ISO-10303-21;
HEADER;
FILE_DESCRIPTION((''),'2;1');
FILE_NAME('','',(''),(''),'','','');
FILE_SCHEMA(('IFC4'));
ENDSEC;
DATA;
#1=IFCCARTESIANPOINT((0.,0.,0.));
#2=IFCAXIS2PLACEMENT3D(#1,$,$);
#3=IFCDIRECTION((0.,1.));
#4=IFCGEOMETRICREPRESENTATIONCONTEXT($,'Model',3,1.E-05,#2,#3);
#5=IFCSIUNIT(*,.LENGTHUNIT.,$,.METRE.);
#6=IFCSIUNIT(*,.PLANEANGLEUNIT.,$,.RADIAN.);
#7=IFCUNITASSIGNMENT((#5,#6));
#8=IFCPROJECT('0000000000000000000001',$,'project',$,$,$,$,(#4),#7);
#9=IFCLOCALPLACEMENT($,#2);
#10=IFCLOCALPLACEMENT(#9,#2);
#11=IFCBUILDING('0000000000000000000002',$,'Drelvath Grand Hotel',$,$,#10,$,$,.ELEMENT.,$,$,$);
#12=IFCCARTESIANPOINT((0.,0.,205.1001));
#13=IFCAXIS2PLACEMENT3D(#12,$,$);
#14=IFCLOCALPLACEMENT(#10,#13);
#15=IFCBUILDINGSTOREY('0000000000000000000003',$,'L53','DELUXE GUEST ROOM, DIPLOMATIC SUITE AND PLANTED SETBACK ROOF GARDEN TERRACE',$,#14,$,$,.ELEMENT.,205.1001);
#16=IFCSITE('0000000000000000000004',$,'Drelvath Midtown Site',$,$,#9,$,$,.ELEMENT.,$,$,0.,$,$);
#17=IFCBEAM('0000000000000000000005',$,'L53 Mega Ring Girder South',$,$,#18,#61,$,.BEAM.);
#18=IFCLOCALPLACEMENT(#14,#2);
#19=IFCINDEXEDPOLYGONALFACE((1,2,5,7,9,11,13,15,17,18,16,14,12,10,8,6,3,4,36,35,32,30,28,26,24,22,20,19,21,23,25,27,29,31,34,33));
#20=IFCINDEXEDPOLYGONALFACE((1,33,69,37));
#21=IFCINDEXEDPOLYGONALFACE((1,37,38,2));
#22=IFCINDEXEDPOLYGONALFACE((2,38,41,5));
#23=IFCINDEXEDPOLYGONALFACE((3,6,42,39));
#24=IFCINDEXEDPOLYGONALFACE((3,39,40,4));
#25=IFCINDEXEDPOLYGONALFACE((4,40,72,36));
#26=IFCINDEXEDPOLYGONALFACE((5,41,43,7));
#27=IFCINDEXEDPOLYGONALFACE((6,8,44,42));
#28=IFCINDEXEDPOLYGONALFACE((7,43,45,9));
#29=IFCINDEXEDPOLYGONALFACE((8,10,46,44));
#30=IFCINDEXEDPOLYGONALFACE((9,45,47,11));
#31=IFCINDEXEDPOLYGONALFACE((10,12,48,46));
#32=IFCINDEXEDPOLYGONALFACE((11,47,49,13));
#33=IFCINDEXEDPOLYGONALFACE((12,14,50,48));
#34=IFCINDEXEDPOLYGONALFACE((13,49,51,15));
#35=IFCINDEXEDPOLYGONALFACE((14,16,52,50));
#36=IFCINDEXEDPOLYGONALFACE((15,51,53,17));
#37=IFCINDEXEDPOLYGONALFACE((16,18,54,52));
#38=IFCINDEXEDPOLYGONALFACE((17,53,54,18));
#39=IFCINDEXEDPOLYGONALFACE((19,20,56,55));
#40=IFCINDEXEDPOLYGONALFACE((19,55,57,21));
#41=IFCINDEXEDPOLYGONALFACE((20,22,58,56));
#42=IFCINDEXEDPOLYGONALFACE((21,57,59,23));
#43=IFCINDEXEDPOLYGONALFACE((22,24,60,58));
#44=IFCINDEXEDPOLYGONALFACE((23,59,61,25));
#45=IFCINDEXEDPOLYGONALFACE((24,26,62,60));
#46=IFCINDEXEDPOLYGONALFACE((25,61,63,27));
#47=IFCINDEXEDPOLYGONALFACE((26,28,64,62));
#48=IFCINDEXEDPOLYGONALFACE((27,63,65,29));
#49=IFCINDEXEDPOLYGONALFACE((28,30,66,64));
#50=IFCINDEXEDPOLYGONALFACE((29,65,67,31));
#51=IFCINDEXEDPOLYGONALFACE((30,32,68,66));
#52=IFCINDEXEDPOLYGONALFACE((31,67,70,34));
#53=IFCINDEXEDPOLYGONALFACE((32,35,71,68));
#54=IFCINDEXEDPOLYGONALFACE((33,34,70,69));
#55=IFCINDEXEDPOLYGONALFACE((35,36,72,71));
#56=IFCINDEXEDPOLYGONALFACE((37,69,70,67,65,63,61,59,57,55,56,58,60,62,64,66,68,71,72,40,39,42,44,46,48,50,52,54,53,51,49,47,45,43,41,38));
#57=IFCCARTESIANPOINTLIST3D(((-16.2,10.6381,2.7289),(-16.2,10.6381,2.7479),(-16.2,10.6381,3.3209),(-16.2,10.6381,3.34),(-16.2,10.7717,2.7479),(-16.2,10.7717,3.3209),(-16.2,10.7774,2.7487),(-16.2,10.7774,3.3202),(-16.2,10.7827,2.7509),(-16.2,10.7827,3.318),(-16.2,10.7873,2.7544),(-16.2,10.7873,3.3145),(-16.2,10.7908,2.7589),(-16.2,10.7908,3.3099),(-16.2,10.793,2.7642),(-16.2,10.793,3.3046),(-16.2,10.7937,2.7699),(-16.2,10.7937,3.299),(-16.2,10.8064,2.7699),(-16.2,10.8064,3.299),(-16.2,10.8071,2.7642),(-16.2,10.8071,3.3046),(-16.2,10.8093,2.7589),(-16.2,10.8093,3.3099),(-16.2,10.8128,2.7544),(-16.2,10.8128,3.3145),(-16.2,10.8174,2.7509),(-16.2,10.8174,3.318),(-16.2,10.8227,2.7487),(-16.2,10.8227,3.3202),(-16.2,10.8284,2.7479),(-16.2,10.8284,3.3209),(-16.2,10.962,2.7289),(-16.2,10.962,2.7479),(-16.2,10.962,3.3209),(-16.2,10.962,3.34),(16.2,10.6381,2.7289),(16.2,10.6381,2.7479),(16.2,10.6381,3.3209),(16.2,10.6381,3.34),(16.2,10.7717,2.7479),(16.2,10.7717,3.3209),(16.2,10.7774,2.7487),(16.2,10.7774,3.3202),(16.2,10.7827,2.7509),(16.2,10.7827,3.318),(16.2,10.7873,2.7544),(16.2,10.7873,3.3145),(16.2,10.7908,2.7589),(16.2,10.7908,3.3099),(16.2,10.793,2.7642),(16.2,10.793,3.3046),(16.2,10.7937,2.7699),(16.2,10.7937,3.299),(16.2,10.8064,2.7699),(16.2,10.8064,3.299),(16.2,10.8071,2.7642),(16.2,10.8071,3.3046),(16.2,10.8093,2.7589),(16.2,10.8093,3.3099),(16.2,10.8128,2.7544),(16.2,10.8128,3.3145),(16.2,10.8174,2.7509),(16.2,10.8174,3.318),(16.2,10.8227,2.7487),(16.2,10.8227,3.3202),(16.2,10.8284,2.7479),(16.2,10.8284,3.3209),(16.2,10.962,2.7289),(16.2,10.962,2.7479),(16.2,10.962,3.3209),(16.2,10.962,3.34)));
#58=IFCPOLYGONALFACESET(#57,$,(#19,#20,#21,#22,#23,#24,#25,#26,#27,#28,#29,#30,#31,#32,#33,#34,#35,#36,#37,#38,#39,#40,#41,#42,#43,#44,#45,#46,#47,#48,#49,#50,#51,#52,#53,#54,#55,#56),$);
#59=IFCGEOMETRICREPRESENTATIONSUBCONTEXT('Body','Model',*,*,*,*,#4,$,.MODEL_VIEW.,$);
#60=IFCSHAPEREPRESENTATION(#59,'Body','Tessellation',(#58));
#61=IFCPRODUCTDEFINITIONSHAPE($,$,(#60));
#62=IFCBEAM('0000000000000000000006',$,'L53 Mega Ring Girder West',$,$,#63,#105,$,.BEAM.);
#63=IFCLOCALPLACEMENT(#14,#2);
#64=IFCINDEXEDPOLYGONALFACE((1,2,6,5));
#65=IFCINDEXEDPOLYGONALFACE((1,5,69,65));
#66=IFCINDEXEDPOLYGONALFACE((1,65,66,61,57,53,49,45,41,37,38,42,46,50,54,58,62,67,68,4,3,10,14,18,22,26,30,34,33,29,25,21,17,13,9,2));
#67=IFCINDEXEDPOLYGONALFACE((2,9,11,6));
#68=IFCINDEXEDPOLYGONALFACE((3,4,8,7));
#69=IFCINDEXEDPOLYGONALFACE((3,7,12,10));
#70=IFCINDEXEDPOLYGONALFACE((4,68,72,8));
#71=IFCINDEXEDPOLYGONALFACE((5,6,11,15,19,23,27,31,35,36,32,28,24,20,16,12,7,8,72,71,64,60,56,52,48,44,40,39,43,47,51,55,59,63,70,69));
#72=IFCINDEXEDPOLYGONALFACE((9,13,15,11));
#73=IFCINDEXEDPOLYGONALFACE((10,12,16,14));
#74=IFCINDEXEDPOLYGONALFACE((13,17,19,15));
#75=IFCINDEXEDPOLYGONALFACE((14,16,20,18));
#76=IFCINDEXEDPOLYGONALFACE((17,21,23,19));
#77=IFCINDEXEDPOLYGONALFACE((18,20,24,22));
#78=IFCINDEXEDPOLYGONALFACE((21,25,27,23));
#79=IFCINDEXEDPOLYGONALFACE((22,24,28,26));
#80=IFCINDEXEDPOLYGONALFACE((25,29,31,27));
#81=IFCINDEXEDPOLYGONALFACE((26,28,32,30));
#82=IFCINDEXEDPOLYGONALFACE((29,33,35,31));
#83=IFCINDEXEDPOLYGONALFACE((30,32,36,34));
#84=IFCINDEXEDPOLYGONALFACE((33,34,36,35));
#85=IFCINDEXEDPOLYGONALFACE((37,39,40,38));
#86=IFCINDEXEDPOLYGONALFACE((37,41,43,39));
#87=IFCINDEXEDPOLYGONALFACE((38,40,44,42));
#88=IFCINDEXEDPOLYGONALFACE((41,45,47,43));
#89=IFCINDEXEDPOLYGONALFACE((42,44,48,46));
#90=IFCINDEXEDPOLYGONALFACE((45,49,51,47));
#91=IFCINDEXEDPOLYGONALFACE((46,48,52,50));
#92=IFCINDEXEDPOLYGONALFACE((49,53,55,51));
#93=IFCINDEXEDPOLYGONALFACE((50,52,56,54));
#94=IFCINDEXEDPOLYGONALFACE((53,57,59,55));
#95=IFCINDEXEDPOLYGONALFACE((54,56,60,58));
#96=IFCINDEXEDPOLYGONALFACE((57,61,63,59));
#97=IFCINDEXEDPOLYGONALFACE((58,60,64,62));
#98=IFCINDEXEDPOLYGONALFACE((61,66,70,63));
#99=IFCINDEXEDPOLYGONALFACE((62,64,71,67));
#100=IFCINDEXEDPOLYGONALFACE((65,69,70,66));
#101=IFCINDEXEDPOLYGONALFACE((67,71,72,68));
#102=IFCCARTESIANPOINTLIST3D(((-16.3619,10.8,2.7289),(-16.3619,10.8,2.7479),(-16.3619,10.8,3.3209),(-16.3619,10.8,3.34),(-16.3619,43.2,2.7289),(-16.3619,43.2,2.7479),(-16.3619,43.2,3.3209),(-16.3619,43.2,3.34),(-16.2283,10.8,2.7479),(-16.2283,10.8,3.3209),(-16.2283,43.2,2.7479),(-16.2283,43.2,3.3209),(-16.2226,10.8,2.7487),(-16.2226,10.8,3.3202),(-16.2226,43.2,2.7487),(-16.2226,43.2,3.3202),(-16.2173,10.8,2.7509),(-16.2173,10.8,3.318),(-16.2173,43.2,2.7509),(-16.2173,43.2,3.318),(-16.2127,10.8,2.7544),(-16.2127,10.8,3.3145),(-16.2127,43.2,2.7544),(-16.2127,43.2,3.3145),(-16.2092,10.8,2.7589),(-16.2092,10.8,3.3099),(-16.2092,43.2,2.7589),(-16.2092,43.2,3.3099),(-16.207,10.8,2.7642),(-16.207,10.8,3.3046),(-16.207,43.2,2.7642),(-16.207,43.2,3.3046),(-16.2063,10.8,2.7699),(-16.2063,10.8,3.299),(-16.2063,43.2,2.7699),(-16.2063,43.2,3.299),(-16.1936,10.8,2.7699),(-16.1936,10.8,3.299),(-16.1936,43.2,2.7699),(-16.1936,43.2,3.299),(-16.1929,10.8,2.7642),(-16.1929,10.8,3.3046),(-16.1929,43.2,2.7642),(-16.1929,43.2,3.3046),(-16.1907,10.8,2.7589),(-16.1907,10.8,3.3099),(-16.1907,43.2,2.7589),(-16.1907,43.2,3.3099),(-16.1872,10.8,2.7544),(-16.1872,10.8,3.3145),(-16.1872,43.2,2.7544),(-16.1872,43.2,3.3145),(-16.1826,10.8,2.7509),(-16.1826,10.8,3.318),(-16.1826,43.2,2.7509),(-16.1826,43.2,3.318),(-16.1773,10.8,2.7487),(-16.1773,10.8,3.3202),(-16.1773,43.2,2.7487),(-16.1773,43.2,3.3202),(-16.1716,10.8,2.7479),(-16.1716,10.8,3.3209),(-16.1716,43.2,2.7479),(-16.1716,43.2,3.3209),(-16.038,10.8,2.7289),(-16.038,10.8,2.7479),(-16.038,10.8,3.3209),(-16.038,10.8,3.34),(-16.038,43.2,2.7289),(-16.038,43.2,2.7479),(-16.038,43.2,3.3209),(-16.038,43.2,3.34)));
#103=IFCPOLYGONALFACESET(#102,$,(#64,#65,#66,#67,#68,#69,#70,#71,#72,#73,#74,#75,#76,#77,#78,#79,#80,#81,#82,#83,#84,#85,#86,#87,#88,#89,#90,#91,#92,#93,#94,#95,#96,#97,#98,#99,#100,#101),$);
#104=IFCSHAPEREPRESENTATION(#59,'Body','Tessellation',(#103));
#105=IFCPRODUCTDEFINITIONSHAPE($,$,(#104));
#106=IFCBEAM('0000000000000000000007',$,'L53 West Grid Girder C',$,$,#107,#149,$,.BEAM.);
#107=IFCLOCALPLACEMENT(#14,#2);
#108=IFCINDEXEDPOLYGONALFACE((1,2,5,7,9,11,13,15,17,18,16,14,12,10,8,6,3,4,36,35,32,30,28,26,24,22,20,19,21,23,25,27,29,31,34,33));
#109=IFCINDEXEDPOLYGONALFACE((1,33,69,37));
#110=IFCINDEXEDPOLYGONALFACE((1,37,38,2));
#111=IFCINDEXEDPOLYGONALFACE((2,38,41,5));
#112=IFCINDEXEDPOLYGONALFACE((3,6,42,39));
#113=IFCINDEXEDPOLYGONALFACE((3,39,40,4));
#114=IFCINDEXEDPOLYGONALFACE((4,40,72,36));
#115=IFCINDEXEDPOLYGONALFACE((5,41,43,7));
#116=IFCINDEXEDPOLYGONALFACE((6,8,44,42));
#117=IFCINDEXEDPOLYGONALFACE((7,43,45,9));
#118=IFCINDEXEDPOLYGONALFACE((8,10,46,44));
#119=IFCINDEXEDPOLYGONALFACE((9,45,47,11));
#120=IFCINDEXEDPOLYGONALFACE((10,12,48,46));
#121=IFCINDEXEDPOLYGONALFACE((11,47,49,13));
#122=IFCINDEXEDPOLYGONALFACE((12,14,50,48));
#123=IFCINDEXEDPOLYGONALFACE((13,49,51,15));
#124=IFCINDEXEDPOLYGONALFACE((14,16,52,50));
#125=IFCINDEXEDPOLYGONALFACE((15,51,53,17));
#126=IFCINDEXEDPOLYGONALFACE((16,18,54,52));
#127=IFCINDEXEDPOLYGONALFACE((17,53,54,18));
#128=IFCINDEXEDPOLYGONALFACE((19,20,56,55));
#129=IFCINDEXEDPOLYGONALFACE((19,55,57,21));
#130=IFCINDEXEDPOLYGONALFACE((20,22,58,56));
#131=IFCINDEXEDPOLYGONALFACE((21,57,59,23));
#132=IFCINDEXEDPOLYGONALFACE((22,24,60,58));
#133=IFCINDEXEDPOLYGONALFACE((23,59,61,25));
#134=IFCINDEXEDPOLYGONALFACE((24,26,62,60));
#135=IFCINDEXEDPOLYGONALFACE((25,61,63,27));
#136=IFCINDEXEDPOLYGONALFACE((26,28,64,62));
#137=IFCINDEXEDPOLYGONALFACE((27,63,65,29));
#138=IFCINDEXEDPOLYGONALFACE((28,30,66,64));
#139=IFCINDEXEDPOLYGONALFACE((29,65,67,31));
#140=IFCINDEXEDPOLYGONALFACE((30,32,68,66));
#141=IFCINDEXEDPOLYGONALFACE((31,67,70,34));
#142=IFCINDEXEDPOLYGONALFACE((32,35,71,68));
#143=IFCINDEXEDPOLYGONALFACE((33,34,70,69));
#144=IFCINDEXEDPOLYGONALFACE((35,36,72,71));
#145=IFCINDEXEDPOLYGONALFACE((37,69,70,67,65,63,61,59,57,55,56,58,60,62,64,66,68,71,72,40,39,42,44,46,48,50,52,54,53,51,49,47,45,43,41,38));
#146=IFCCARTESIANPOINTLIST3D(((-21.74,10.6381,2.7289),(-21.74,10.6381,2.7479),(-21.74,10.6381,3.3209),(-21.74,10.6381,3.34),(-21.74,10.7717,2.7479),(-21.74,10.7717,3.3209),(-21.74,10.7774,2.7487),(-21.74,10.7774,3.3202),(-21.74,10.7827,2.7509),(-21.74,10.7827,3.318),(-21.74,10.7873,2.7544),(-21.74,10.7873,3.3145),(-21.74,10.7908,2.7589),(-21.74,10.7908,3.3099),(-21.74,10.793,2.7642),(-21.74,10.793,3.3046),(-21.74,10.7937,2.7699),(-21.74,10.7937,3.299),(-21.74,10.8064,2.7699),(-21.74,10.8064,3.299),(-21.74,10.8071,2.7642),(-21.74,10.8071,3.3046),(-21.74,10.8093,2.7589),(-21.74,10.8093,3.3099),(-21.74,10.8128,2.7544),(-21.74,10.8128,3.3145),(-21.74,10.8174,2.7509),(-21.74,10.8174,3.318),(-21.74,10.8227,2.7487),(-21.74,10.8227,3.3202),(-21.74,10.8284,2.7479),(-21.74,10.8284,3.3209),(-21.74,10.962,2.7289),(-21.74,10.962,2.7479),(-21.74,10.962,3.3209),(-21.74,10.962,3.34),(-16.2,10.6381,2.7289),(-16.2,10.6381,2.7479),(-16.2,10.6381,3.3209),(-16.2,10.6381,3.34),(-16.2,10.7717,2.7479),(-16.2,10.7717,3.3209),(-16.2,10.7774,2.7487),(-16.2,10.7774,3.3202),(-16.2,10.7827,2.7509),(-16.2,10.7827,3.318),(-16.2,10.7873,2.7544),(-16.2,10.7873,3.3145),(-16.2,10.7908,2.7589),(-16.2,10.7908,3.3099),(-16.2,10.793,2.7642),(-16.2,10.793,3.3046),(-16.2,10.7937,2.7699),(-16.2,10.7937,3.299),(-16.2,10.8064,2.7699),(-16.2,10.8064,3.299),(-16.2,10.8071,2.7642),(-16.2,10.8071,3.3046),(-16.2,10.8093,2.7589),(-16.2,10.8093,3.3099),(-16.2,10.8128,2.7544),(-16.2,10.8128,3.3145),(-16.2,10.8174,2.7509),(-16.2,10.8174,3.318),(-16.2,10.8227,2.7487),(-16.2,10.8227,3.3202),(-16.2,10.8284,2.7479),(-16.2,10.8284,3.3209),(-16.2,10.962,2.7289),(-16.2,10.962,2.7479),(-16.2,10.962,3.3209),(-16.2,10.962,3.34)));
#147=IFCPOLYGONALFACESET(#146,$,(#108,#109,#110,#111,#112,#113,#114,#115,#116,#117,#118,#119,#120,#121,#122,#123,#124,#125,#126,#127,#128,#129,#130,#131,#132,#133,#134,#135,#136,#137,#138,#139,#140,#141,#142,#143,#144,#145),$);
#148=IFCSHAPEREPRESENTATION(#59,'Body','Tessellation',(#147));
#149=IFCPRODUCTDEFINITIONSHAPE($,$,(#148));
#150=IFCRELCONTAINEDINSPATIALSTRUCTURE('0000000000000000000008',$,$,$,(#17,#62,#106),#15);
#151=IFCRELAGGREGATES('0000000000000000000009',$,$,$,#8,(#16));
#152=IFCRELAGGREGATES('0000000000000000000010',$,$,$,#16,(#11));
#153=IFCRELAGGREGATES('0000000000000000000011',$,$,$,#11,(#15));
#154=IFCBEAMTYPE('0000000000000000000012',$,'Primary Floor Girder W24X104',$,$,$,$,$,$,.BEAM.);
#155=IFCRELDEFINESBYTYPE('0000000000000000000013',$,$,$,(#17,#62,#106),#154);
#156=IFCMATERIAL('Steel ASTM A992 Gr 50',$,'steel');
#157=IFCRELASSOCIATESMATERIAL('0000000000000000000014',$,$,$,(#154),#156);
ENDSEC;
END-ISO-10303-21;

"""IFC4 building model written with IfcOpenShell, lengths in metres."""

from ifc_helpers import new_model, si_unit, direction, frame, origin, origin_2d, place, context, subcontext, project, spatial, i_section, extrude, material, material_profile, profile_set, type_object, element, save


model = new_model("IFC4")

# Units and contexts
model_context = context("Model", 3, precision=1e-05, world=origin(), true_north=direction((0.0, 1.0)))
body_context = subcontext(model_context, "Body", "Model", "MODEL_VIEW")
ifc_project = project(units=[si_unit("LENGTHUNIT", "METRE"), si_unit("PLANEANGLEUNIT", "RADIAN")], contexts=[model_context])

# Site, building, storey
site_placement = place(None, origin())
site = spatial("IfcSite", under=ifc_project, at=site_placement, Name="Drelvath Midtown Site", CompositionType="ELEMENT", RefElevation=0.0)
building_placement = place(site_placement, origin())
building = spatial("IfcBuilding", under=site, at=building_placement, Name="Drelvath Grand Hotel", CompositionType="ELEMENT")
storey_placement = place(building_placement, frame((0.0, 0.0, 205.1001)))
storey = spatial("IfcBuildingStorey", under=building, at=storey_placement, Name="L53", Description="DELUXE GUEST ROOM, DIPLOMATIC SUITE AND PLANTED SETBACK ROOF GARDEN TERRACE", CompositionType="ELEMENT", Elevation=205.1001)

# Beams
ifc_material_1 = material(Name="Steel ASTM A992 Gr 50", Category="steel")
ifc_material_profile_1 = material_profile(ifc_material_1, i_section(OverallWidth=0.324, OverallDepth=0.6111, WebThickness=0.0127, FlangeThickness=0.019, FilletRadius=0.022, at=origin_2d()), Name="W24X104")
ifc_profile_set_1 = profile_set([ifc_material_profile_1], Name="Steel ASTM A992 Gr 50")
beam_type_1 = type_object("IfcBeamType", Name="Primary Floor Girder W24X104", PredefinedType="BEAM", material=ifc_profile_set_1)
for number, where, z_axis, x_axis, name in (
    (1, (-16.2, 10.8, 3.0344), (1.0, 0.0, 0.0), (0.0, 1.0, 0.0), "L53 Mega Ring Girder South"),
    (2, (-16.2, 10.8, 3.0344), (0.0, 1.0, 0.0), (-1.0, 0.0, 0.0), "L53 Mega Ring Girder West"),
):
    element("IfcBeam", number, at=place(storey_placement, frame(where, z_axis=z_axis, x_axis=x_axis)), inside=storey, type_object=beam_type_1, Name=name, PredefinedType="BEAM", context=body_context, shape_type="SweptSolid", body=[
        extrude(i_section(OverallWidth=0.324, OverallDepth=0.6111, WebThickness=0.0127, FlangeThickness=0.019, FilletRadius=0.022, at=origin_2d()), origin(), (0.0, 0.0, 1.0), 32.3999),
    ])
beam_1_placement = place(storey_placement, frame((-21.74, 10.8, 3.0344), z_axis=(1.0, 0.0, 0.0), x_axis=(0.0, 1.0, 0.0)))
element("IfcBeam", 3, at=beam_1_placement, inside=storey, type_object=beam_type_1, Name="L53 West Grid Girder C", PredefinedType="BEAM", context=body_context, shape_type="SweptSolid", body=[
    extrude(i_section(OverallWidth=0.324, OverallDepth=0.6111, WebThickness=0.0127, FlangeThickness=0.019, FilletRadius=0.022, at=origin_2d()), origin(), (0.0, 0.0, 1.0), 5.54),
])

save(model, "model.ifc")
